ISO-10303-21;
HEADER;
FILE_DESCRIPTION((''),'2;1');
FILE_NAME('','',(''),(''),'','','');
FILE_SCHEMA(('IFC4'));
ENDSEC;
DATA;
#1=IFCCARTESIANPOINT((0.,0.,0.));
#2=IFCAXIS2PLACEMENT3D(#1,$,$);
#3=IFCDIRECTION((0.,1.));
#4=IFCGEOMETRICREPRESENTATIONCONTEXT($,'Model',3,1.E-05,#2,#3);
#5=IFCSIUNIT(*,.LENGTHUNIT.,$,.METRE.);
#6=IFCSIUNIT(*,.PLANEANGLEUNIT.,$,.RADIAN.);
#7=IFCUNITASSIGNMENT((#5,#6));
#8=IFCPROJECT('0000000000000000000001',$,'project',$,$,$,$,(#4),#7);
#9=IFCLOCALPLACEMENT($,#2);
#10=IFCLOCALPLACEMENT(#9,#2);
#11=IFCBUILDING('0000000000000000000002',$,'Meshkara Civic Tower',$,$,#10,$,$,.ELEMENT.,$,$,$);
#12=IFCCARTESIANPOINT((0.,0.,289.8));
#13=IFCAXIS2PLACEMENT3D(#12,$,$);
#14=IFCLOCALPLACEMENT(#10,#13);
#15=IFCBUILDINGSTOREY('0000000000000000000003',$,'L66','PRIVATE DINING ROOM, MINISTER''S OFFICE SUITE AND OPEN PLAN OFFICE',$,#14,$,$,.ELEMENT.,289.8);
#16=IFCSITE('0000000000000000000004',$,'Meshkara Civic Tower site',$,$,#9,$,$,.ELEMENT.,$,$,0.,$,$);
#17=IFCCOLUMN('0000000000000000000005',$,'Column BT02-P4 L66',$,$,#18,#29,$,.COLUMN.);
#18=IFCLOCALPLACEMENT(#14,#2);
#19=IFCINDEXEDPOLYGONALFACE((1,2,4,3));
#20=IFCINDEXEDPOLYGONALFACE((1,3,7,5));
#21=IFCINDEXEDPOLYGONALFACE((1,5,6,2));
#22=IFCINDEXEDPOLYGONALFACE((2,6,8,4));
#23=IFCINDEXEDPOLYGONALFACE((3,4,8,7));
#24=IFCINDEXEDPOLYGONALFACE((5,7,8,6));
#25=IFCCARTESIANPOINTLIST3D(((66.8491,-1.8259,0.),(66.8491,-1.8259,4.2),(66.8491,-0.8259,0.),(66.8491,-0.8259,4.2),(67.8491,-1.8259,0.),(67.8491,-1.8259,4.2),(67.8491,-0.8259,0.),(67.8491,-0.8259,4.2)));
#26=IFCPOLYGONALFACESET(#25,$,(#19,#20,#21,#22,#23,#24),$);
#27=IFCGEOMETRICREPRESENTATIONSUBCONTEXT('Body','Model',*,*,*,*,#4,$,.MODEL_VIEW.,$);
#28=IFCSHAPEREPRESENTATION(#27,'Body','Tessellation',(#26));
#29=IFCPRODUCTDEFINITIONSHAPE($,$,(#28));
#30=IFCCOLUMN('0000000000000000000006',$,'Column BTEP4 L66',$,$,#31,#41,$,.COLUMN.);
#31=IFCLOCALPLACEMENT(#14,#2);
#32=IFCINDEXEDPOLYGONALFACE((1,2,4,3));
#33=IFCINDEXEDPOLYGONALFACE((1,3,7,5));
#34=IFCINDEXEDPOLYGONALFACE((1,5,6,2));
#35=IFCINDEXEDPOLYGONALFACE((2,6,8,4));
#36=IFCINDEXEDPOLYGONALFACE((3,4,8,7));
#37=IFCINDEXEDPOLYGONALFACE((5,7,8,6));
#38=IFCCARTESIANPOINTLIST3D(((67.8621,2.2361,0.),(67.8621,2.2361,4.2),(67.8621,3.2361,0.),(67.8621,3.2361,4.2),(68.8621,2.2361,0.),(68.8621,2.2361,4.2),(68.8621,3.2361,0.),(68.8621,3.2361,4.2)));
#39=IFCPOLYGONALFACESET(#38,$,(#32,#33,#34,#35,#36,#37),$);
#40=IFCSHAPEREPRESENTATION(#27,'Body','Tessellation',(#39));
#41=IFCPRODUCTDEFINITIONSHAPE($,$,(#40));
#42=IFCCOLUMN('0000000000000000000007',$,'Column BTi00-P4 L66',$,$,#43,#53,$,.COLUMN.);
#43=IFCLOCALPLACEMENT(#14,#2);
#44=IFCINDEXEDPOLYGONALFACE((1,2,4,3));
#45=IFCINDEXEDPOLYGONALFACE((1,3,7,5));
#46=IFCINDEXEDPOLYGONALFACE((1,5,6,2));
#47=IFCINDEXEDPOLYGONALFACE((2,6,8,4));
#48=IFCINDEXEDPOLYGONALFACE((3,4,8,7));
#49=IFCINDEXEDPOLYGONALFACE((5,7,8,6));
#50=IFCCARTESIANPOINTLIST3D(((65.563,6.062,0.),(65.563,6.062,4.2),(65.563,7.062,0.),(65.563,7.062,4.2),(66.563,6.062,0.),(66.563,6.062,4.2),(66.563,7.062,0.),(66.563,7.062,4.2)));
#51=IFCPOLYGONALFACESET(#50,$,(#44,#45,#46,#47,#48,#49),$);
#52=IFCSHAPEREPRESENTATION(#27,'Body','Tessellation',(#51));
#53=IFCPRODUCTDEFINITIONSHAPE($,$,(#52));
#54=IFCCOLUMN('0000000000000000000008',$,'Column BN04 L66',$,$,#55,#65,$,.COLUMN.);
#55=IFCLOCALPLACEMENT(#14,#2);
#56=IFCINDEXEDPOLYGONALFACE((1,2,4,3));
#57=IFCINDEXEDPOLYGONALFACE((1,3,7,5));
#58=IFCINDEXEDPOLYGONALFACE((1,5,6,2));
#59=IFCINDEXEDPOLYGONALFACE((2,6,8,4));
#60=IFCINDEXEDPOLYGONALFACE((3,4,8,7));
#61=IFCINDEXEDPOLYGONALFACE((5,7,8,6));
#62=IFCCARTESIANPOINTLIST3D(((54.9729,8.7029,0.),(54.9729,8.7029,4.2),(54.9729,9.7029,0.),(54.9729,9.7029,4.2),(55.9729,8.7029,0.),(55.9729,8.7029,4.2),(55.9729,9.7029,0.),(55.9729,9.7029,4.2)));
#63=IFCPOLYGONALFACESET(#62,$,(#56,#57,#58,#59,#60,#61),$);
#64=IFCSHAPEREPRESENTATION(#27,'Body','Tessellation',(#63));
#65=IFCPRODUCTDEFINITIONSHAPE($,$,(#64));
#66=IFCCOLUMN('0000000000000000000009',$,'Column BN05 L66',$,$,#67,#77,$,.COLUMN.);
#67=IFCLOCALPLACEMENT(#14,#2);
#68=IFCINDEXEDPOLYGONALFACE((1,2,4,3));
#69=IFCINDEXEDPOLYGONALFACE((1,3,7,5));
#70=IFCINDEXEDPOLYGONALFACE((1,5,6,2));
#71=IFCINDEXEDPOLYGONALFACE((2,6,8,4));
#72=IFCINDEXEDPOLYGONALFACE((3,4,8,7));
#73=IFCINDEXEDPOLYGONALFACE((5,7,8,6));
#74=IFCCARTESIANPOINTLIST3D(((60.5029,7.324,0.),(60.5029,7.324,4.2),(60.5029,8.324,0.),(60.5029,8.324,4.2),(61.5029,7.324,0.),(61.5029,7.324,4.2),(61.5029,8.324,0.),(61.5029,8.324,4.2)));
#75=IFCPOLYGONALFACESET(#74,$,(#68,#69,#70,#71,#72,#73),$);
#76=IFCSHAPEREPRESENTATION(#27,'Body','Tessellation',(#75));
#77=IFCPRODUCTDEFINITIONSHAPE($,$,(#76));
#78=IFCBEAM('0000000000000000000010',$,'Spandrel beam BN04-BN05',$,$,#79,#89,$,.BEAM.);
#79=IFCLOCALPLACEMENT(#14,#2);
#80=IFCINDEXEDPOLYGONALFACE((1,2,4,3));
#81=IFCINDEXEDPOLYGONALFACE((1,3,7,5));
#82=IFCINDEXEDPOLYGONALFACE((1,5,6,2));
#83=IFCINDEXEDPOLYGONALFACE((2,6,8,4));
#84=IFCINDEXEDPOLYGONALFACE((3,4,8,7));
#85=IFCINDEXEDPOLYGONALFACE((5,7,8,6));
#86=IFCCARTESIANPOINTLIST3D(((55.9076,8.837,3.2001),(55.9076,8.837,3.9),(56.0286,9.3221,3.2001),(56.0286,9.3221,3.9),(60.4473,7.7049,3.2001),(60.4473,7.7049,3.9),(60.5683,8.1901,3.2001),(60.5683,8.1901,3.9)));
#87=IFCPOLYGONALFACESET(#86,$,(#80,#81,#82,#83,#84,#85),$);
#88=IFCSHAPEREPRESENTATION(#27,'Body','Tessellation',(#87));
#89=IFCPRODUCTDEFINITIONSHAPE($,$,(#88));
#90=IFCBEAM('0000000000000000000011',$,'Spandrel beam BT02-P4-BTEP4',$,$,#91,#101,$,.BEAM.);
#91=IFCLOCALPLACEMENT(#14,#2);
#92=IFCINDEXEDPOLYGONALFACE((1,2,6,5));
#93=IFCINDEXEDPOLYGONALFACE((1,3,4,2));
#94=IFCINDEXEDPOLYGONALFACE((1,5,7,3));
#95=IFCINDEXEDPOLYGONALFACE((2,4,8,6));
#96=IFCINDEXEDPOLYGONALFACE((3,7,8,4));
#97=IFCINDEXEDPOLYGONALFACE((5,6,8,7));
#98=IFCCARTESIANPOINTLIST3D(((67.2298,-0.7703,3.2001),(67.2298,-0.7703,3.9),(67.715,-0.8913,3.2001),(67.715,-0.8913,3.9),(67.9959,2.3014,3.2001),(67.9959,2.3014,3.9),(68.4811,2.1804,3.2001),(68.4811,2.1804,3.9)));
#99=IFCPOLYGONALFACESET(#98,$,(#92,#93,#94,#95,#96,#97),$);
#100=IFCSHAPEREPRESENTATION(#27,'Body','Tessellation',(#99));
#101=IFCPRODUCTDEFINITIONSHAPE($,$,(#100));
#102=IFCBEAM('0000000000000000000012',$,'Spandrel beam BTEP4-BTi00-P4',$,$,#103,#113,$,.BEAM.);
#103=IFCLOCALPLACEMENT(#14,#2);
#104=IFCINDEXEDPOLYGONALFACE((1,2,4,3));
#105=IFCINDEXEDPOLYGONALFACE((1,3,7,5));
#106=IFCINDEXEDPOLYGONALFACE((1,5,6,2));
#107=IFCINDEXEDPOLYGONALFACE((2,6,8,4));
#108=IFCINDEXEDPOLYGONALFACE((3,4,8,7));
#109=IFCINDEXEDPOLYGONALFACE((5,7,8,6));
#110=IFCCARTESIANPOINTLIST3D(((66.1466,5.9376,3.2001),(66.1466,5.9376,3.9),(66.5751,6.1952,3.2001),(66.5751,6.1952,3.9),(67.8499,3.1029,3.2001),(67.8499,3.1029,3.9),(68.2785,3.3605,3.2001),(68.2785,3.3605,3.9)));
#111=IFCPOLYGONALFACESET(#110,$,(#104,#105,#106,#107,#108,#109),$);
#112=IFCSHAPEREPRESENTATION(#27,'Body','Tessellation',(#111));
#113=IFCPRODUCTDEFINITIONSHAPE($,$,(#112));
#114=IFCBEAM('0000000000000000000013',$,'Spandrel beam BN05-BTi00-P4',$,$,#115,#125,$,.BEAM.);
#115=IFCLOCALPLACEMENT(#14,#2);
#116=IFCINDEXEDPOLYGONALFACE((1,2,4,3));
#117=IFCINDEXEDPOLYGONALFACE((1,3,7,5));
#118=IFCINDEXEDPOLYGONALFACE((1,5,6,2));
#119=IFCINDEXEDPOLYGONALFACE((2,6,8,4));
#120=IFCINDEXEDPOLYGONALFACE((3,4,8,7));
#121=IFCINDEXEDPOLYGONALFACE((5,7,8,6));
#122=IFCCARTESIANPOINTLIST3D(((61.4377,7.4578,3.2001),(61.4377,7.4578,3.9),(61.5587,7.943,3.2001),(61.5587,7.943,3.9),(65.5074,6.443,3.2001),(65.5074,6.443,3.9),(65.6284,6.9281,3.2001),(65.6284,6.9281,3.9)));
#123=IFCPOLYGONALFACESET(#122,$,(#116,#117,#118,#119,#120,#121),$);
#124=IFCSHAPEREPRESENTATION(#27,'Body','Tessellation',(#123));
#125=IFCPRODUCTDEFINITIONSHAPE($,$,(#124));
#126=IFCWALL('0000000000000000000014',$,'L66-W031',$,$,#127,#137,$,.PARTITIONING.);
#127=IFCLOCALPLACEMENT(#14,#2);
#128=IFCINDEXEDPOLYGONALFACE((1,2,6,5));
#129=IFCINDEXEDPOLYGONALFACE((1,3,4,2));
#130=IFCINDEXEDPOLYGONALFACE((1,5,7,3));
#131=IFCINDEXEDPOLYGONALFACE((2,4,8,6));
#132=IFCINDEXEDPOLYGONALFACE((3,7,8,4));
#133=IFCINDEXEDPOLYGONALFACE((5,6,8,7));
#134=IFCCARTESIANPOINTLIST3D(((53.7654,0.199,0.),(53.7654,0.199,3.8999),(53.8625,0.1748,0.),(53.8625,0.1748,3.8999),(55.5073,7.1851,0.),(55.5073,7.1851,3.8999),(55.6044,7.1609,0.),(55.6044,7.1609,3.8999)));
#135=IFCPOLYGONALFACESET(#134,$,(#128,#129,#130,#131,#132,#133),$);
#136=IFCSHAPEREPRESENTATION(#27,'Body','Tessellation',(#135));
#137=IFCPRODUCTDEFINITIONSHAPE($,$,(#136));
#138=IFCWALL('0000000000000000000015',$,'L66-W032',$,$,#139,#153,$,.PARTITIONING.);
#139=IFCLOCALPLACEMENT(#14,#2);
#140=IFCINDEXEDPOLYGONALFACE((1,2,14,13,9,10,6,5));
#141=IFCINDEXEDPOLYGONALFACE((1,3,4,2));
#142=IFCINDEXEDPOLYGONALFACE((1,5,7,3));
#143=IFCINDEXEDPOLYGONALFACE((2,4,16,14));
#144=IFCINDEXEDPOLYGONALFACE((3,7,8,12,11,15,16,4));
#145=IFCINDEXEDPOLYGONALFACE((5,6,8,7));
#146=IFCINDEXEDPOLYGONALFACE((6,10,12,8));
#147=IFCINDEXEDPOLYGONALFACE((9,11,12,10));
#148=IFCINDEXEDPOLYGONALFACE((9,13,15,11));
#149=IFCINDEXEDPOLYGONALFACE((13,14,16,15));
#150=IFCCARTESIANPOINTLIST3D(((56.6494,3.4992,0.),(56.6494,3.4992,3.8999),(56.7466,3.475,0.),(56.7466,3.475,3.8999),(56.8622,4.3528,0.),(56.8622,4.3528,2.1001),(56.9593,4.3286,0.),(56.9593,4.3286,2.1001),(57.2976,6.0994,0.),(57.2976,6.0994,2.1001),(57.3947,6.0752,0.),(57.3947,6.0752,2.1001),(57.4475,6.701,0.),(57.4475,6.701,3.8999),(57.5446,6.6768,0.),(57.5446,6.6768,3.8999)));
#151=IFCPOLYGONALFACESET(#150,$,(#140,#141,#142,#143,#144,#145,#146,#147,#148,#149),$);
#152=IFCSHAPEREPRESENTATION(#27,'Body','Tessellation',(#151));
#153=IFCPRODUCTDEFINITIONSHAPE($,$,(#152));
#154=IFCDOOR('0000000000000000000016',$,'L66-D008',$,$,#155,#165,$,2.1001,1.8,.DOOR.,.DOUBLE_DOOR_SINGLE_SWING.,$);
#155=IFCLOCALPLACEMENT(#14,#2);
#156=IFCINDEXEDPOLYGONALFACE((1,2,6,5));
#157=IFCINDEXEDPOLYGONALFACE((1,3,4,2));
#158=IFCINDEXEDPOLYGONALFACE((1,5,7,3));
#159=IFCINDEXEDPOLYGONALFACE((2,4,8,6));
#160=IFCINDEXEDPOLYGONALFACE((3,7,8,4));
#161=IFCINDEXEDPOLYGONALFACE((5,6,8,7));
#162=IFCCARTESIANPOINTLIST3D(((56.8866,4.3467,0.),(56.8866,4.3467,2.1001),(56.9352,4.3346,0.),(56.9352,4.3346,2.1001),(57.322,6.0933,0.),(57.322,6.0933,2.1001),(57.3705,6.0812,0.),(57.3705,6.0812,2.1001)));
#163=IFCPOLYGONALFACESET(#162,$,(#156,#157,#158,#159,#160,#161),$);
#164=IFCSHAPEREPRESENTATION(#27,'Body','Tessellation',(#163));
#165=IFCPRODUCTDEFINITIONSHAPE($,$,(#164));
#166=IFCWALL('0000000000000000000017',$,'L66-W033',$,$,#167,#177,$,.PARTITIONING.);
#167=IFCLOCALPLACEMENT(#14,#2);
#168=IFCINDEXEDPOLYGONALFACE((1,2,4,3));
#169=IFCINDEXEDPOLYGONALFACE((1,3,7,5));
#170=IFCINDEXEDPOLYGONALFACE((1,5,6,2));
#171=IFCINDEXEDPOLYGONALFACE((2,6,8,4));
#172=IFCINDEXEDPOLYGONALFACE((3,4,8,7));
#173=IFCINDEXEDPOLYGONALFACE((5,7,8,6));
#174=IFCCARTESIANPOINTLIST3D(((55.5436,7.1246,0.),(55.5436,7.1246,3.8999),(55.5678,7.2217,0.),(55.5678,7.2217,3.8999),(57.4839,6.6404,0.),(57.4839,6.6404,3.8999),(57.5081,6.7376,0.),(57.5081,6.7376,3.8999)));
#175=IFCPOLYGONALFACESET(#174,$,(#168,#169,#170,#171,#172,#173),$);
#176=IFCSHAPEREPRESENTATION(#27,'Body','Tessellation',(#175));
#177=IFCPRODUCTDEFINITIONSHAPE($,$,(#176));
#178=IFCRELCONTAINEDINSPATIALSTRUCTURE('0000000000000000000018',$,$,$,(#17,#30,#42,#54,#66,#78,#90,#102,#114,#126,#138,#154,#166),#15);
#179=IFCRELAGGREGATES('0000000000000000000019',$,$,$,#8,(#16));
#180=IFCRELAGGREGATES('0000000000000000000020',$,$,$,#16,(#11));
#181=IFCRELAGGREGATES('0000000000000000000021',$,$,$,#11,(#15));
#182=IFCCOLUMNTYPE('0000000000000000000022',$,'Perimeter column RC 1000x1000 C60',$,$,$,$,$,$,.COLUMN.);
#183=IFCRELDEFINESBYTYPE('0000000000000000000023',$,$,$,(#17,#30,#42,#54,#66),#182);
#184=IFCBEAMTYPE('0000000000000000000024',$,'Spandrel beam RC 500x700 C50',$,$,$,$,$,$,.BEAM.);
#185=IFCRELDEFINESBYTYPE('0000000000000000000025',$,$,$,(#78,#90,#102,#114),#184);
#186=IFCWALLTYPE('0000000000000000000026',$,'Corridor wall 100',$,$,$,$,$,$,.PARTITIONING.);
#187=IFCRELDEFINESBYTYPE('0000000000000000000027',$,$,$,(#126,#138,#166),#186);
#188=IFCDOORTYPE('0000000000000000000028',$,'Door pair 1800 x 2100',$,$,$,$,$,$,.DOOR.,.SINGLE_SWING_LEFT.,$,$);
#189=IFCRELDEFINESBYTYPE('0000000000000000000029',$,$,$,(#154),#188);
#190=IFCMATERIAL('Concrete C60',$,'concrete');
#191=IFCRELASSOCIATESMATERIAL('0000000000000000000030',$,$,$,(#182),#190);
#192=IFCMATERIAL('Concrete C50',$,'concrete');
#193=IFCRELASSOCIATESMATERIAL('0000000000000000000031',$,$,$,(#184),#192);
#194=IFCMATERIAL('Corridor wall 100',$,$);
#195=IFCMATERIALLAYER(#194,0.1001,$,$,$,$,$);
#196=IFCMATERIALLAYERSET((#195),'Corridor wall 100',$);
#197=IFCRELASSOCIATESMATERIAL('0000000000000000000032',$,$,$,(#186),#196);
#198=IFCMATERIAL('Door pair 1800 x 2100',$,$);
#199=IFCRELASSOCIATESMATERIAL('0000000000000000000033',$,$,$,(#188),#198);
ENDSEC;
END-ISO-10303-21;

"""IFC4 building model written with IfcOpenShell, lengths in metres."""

from ifc_helpers import new_model, si_unit, direction, frame, frame_2d, origin, origin_2d, place, context, subcontext, project, spatial, rectangle, extrude, material, layer, layer_set, material_profile, profile_set, type_object, element, fill, save


model = new_model("IFC4")

# Units and contexts
model_context = context("Model", 3, precision=1e-05, world=origin(), true_north=direction((0.0, 1.0)))
body_context = subcontext(model_context, "Body", "Model", "MODEL_VIEW")
ifc_project = project(units=[si_unit("LENGTHUNIT", "METRE"), si_unit("PLANEANGLEUNIT", "RADIAN")], contexts=[model_context])

# Site, building, storey
site_placement = place(None, origin())
site = spatial("IfcSite", under=ifc_project, at=site_placement, Name="Meshkara Civic Tower site", CompositionType="ELEMENT", RefElevation=0.0)
building_placement = place(site_placement, origin())
building = spatial("IfcBuilding", under=site, at=building_placement, Name="Meshkara Civic Tower", CompositionType="ELEMENT")
storey_placement = place(building_placement, frame((0.0, 0.0, 289.8)))
storey = spatial("IfcBuildingStorey", under=building, at=storey_placement, Name="L66", Description="PRIVATE DINING ROOM, MINISTER'S OFFICE SUITE AND OPEN PLAN OFFICE", CompositionType="ELEMENT", Elevation=289.8)

# Columns
ifc_material_1 = material(Name="Concrete C60", Category="concrete")
ifc_material_profile_1 = material_profile(ifc_material_1, rectangle(XDim=1.0, YDim=1.0, at=origin_2d()))
ifc_profile_set_1 = profile_set([ifc_material_profile_1], Name="Concrete C60")
column_type = type_object("IfcColumnType", Name="Perimeter column RC 1000x1000 C60", PredefinedType="COLUMN", material=ifc_profile_set_1)
for number, where, z_axis, x_axis, name in (
    (1, (67.3491, -1.3259, 0.0), (0.0, 0.0, 1.0), (1.0, 0.0, 0.0), "Column BT02-P4 L66"),
    (2, (68.3621, 2.7361, 0.0), (0.0, 0.0, 1.0), (1.0, 0.0, 0.0), "Column BTEP4 L66"),
    (3, (66.063, 6.562, 0.0), (0.0, 0.0, 1.0), (1.0, 0.0, 0.0), "Column BTi00-P4 L66"),
    (4, (55.4729, 9.2029, 0.0), (0.0, 0.0, 1.0), (1.0, 0.0, 0.0), "Column BN04 L66"),
    (5, (61.0029, 7.824, 0.0), (0.0, 0.0, 1.0), (1.0, 0.0, 0.0), "Column BN05 L66"),
):
    element("IfcColumn", number, at=place(storey_placement, frame(where, z_axis=z_axis, x_axis=x_axis)), inside=storey, type_object=column_type, Name=name, PredefinedType="COLUMN", context=body_context, shape_type="SweptSolid", body=[
        extrude(rectangle(XDim=1.0, YDim=1.0, at=origin_2d()), origin(), (0.0, 0.0, 1.0), 4.2),
    ])

# Beams
ifc_material_2 = material(Name="Concrete C50", Category="concrete")
ifc_material_profile_2 = material_profile(ifc_material_2, rectangle(XDim=0.5, YDim=0.7, at=origin_2d()))
ifc_profile_set_2 = profile_set([ifc_material_profile_2], Name="Concrete C50")
beam_type = type_object("IfcBeamType", Name="Spandrel beam RC 500x700 C50", PredefinedType="BEAM", material=ifc_profile_set_2)
beam_1_placement = place(storey_placement, frame((60.5078, 7.9475, 3.55), z_axis=(-0.970287, 0.241959, 0.0), x_axis=(-0.241959, -0.970287, 0.0)))
element("IfcBeam", 6, at=beam_1_placement, inside=storey, type_object=beam_type, Name="Spandrel beam BN04-BN05", PredefinedType="BEAM", context=body_context, shape_type="SweptSolid", body=[
    extrude(rectangle(XDim=0.5, YDim=0.7, at=origin_2d()), origin(), (0.0, 0.0, 1.0), 4.6787),
])
beam_2_placement = place(storey_placement, frame((67.4724, -0.8308, 3.55), z_axis=(0.241991, 0.970278, 0.0), x_axis=(-0.970278, 0.241991, 0.0)))
element("IfcBeam", 7, at=beam_2_placement, inside=storey, type_object=beam_type, Name="Spandrel beam BT02-P4-BTEP4", PredefinedType="BEAM", context=body_context, shape_type="SweptSolid", body=[
    extrude(rectangle(XDim=0.5, YDim=0.7, at=origin_2d()), origin(), (0.0, 0.0, 1.0), 3.1658),
])
beam_3_placement = place(storey_placement, frame((68.0642, 3.2317, 3.55), z_axis=(-0.51506, 0.857154, 0.0), x_axis=(-0.857154, -0.51506, 0.0)))
element("IfcBeam", 8, at=beam_3_placement, inside=storey, type_object=beam_type, Name="Spandrel beam BTEP4-BTi00-P4", PredefinedType="BEAM", context=body_context, shape_type="SweptSolid", body=[
    extrude(rectangle(XDim=0.5, YDim=0.7, at=origin_2d()), origin(), (0.0, 0.0, 1.0), 3.3071),
])
beam_4_placement = place(storey_placement, frame((65.5679, 6.6855, 3.55), z_axis=(-0.970286, 0.24196, 0.0), x_axis=(-0.24196, -0.970286, 0.0)))
element("IfcBeam", 9, at=beam_4_placement, inside=storey, type_object=beam_type, Name="Spandrel beam BN05-BTi00-P4", PredefinedType="BEAM", context=body_context, shape_type="SweptSolid", body=[
    extrude(rectangle(XDim=0.5, YDim=0.7, at=origin_2d()), origin(), (0.0, 0.0, 1.0), 4.1943),
])

# Wall
ifc_material_3 = material(Name="Corridor wall 100")
ifc_layer_1 = layer(ifc_material_3, 0.1001)
ifc_layer_set_1 = layer_set([ifc_layer_1], Name="Corridor wall 100")
wall_type_1 = type_object("IfcWallType", Name="Corridor wall 100", PredefinedType="PARTITIONING", material=ifc_layer_set_1)
wall_1_placement = place(storey_placement, frame((55.5559, 7.1731, 0.0), z_axis=(0.0, 0.0, 1.0), x_axis=(-0.241937, -0.970292, 0.0)))
element("IfcWall", 10, at=wall_1_placement, inside=storey, type_object=wall_type_1, Name="L66-W031", PredefinedType="PARTITIONING", context=body_context, shape_type="SweptSolid", body=[
    extrude(rectangle(XDim=7.2, YDim=0.1001, at=frame_2d((3.6001, 0.0))), origin(), (0.0, 0.0, 1.0), 3.8999),
])

# Wall, opening, door
wall_2_placement = place(storey_placement, frame((56.698, 3.4871, 0.0), z_axis=(0.0, 0.0, 1.0), x_axis=(0.241857, 0.970312, 0.0)))
wall_2 = element("IfcWall", 11, at=wall_2_placement, inside=storey, type_object=wall_type_1, Name="L66-W032", PredefinedType="PARTITIONING", context=body_context, shape_type="SweptSolid", body=[
    extrude(rectangle(XDim=3.2998, YDim=0.1001, at=frame_2d((1.6499, 0.0))), origin(), (0.0, 0.0, 1.0), 3.8999),
])
opening_1_placement = place(wall_2_placement, frame((0.8799, 0.0, 0.0)))
opening_1 = element("IfcOpeningElement", 12, at=opening_1_placement, cuts=wall_2, PredefinedType="OPENING", context=body_context, shape_type="SweptSolid", body=[
    extrude(rectangle(XDim=1.8, YDim=2.1001, at=frame_2d((0.8999, 1.05))), frame((0.0, 0.0601, 0.0), z_axis=(0.0, -1.0, 0.0), x_axis=(1.0, 0.0, 0.0)), (0.0, 0.0, 1.0), 0.1201),
])
ifc_material_4 = material(Name="Door pair 1800 x 2100")
door_type_1 = type_object("IfcDoorType", Name="Door pair 1800 x 2100", OperationType="SINGLE_SWING_LEFT", PredefinedType="DOOR", material=ifc_material_4)
door_1_placement = place(opening_1_placement, origin())
door_1 = element("IfcDoor", 13, at=door_1_placement, inside=storey, type_object=door_type_1, Name="L66-D008", OperationType="DOUBLE_DOOR_SINGLE_SWING", OverallHeight=2.1001, OverallWidth=1.8, PredefinedType="DOOR", context=body_context, shape_type="SweptSolid", body=[
    extrude(rectangle(XDim=1.8, YDim=2.1001, at=frame_2d((0.8999, 1.05))), frame((0.0, 0.0249, 0.0), z_axis=(0.0, -1.0, 0.0), x_axis=(1.0, 0.0, 0.0)), (0.0, 0.0, 1.0), 0.05),
])
fill(opening_1, door_1)

# Wall
wall_3_placement = place(storey_placement, frame((57.4961, 6.689, 0.0), z_axis=(0.0, 0.0, 1.0), x_axis=(-0.97025, 0.242105, 0.0)))
element("IfcWall", 14, at=wall_3_placement, inside=storey, type_object=wall_type_1, Name="L66-W033", PredefinedType="PARTITIONING", context=body_context, shape_type="SweptSolid", body=[
    extrude(rectangle(XDim=1.9998, YDim=0.1001, at=frame_2d((1.0, 0.0))), origin(), (0.0, 0.0, 1.0), 3.8999),
])

save(model, "model.ifc")
